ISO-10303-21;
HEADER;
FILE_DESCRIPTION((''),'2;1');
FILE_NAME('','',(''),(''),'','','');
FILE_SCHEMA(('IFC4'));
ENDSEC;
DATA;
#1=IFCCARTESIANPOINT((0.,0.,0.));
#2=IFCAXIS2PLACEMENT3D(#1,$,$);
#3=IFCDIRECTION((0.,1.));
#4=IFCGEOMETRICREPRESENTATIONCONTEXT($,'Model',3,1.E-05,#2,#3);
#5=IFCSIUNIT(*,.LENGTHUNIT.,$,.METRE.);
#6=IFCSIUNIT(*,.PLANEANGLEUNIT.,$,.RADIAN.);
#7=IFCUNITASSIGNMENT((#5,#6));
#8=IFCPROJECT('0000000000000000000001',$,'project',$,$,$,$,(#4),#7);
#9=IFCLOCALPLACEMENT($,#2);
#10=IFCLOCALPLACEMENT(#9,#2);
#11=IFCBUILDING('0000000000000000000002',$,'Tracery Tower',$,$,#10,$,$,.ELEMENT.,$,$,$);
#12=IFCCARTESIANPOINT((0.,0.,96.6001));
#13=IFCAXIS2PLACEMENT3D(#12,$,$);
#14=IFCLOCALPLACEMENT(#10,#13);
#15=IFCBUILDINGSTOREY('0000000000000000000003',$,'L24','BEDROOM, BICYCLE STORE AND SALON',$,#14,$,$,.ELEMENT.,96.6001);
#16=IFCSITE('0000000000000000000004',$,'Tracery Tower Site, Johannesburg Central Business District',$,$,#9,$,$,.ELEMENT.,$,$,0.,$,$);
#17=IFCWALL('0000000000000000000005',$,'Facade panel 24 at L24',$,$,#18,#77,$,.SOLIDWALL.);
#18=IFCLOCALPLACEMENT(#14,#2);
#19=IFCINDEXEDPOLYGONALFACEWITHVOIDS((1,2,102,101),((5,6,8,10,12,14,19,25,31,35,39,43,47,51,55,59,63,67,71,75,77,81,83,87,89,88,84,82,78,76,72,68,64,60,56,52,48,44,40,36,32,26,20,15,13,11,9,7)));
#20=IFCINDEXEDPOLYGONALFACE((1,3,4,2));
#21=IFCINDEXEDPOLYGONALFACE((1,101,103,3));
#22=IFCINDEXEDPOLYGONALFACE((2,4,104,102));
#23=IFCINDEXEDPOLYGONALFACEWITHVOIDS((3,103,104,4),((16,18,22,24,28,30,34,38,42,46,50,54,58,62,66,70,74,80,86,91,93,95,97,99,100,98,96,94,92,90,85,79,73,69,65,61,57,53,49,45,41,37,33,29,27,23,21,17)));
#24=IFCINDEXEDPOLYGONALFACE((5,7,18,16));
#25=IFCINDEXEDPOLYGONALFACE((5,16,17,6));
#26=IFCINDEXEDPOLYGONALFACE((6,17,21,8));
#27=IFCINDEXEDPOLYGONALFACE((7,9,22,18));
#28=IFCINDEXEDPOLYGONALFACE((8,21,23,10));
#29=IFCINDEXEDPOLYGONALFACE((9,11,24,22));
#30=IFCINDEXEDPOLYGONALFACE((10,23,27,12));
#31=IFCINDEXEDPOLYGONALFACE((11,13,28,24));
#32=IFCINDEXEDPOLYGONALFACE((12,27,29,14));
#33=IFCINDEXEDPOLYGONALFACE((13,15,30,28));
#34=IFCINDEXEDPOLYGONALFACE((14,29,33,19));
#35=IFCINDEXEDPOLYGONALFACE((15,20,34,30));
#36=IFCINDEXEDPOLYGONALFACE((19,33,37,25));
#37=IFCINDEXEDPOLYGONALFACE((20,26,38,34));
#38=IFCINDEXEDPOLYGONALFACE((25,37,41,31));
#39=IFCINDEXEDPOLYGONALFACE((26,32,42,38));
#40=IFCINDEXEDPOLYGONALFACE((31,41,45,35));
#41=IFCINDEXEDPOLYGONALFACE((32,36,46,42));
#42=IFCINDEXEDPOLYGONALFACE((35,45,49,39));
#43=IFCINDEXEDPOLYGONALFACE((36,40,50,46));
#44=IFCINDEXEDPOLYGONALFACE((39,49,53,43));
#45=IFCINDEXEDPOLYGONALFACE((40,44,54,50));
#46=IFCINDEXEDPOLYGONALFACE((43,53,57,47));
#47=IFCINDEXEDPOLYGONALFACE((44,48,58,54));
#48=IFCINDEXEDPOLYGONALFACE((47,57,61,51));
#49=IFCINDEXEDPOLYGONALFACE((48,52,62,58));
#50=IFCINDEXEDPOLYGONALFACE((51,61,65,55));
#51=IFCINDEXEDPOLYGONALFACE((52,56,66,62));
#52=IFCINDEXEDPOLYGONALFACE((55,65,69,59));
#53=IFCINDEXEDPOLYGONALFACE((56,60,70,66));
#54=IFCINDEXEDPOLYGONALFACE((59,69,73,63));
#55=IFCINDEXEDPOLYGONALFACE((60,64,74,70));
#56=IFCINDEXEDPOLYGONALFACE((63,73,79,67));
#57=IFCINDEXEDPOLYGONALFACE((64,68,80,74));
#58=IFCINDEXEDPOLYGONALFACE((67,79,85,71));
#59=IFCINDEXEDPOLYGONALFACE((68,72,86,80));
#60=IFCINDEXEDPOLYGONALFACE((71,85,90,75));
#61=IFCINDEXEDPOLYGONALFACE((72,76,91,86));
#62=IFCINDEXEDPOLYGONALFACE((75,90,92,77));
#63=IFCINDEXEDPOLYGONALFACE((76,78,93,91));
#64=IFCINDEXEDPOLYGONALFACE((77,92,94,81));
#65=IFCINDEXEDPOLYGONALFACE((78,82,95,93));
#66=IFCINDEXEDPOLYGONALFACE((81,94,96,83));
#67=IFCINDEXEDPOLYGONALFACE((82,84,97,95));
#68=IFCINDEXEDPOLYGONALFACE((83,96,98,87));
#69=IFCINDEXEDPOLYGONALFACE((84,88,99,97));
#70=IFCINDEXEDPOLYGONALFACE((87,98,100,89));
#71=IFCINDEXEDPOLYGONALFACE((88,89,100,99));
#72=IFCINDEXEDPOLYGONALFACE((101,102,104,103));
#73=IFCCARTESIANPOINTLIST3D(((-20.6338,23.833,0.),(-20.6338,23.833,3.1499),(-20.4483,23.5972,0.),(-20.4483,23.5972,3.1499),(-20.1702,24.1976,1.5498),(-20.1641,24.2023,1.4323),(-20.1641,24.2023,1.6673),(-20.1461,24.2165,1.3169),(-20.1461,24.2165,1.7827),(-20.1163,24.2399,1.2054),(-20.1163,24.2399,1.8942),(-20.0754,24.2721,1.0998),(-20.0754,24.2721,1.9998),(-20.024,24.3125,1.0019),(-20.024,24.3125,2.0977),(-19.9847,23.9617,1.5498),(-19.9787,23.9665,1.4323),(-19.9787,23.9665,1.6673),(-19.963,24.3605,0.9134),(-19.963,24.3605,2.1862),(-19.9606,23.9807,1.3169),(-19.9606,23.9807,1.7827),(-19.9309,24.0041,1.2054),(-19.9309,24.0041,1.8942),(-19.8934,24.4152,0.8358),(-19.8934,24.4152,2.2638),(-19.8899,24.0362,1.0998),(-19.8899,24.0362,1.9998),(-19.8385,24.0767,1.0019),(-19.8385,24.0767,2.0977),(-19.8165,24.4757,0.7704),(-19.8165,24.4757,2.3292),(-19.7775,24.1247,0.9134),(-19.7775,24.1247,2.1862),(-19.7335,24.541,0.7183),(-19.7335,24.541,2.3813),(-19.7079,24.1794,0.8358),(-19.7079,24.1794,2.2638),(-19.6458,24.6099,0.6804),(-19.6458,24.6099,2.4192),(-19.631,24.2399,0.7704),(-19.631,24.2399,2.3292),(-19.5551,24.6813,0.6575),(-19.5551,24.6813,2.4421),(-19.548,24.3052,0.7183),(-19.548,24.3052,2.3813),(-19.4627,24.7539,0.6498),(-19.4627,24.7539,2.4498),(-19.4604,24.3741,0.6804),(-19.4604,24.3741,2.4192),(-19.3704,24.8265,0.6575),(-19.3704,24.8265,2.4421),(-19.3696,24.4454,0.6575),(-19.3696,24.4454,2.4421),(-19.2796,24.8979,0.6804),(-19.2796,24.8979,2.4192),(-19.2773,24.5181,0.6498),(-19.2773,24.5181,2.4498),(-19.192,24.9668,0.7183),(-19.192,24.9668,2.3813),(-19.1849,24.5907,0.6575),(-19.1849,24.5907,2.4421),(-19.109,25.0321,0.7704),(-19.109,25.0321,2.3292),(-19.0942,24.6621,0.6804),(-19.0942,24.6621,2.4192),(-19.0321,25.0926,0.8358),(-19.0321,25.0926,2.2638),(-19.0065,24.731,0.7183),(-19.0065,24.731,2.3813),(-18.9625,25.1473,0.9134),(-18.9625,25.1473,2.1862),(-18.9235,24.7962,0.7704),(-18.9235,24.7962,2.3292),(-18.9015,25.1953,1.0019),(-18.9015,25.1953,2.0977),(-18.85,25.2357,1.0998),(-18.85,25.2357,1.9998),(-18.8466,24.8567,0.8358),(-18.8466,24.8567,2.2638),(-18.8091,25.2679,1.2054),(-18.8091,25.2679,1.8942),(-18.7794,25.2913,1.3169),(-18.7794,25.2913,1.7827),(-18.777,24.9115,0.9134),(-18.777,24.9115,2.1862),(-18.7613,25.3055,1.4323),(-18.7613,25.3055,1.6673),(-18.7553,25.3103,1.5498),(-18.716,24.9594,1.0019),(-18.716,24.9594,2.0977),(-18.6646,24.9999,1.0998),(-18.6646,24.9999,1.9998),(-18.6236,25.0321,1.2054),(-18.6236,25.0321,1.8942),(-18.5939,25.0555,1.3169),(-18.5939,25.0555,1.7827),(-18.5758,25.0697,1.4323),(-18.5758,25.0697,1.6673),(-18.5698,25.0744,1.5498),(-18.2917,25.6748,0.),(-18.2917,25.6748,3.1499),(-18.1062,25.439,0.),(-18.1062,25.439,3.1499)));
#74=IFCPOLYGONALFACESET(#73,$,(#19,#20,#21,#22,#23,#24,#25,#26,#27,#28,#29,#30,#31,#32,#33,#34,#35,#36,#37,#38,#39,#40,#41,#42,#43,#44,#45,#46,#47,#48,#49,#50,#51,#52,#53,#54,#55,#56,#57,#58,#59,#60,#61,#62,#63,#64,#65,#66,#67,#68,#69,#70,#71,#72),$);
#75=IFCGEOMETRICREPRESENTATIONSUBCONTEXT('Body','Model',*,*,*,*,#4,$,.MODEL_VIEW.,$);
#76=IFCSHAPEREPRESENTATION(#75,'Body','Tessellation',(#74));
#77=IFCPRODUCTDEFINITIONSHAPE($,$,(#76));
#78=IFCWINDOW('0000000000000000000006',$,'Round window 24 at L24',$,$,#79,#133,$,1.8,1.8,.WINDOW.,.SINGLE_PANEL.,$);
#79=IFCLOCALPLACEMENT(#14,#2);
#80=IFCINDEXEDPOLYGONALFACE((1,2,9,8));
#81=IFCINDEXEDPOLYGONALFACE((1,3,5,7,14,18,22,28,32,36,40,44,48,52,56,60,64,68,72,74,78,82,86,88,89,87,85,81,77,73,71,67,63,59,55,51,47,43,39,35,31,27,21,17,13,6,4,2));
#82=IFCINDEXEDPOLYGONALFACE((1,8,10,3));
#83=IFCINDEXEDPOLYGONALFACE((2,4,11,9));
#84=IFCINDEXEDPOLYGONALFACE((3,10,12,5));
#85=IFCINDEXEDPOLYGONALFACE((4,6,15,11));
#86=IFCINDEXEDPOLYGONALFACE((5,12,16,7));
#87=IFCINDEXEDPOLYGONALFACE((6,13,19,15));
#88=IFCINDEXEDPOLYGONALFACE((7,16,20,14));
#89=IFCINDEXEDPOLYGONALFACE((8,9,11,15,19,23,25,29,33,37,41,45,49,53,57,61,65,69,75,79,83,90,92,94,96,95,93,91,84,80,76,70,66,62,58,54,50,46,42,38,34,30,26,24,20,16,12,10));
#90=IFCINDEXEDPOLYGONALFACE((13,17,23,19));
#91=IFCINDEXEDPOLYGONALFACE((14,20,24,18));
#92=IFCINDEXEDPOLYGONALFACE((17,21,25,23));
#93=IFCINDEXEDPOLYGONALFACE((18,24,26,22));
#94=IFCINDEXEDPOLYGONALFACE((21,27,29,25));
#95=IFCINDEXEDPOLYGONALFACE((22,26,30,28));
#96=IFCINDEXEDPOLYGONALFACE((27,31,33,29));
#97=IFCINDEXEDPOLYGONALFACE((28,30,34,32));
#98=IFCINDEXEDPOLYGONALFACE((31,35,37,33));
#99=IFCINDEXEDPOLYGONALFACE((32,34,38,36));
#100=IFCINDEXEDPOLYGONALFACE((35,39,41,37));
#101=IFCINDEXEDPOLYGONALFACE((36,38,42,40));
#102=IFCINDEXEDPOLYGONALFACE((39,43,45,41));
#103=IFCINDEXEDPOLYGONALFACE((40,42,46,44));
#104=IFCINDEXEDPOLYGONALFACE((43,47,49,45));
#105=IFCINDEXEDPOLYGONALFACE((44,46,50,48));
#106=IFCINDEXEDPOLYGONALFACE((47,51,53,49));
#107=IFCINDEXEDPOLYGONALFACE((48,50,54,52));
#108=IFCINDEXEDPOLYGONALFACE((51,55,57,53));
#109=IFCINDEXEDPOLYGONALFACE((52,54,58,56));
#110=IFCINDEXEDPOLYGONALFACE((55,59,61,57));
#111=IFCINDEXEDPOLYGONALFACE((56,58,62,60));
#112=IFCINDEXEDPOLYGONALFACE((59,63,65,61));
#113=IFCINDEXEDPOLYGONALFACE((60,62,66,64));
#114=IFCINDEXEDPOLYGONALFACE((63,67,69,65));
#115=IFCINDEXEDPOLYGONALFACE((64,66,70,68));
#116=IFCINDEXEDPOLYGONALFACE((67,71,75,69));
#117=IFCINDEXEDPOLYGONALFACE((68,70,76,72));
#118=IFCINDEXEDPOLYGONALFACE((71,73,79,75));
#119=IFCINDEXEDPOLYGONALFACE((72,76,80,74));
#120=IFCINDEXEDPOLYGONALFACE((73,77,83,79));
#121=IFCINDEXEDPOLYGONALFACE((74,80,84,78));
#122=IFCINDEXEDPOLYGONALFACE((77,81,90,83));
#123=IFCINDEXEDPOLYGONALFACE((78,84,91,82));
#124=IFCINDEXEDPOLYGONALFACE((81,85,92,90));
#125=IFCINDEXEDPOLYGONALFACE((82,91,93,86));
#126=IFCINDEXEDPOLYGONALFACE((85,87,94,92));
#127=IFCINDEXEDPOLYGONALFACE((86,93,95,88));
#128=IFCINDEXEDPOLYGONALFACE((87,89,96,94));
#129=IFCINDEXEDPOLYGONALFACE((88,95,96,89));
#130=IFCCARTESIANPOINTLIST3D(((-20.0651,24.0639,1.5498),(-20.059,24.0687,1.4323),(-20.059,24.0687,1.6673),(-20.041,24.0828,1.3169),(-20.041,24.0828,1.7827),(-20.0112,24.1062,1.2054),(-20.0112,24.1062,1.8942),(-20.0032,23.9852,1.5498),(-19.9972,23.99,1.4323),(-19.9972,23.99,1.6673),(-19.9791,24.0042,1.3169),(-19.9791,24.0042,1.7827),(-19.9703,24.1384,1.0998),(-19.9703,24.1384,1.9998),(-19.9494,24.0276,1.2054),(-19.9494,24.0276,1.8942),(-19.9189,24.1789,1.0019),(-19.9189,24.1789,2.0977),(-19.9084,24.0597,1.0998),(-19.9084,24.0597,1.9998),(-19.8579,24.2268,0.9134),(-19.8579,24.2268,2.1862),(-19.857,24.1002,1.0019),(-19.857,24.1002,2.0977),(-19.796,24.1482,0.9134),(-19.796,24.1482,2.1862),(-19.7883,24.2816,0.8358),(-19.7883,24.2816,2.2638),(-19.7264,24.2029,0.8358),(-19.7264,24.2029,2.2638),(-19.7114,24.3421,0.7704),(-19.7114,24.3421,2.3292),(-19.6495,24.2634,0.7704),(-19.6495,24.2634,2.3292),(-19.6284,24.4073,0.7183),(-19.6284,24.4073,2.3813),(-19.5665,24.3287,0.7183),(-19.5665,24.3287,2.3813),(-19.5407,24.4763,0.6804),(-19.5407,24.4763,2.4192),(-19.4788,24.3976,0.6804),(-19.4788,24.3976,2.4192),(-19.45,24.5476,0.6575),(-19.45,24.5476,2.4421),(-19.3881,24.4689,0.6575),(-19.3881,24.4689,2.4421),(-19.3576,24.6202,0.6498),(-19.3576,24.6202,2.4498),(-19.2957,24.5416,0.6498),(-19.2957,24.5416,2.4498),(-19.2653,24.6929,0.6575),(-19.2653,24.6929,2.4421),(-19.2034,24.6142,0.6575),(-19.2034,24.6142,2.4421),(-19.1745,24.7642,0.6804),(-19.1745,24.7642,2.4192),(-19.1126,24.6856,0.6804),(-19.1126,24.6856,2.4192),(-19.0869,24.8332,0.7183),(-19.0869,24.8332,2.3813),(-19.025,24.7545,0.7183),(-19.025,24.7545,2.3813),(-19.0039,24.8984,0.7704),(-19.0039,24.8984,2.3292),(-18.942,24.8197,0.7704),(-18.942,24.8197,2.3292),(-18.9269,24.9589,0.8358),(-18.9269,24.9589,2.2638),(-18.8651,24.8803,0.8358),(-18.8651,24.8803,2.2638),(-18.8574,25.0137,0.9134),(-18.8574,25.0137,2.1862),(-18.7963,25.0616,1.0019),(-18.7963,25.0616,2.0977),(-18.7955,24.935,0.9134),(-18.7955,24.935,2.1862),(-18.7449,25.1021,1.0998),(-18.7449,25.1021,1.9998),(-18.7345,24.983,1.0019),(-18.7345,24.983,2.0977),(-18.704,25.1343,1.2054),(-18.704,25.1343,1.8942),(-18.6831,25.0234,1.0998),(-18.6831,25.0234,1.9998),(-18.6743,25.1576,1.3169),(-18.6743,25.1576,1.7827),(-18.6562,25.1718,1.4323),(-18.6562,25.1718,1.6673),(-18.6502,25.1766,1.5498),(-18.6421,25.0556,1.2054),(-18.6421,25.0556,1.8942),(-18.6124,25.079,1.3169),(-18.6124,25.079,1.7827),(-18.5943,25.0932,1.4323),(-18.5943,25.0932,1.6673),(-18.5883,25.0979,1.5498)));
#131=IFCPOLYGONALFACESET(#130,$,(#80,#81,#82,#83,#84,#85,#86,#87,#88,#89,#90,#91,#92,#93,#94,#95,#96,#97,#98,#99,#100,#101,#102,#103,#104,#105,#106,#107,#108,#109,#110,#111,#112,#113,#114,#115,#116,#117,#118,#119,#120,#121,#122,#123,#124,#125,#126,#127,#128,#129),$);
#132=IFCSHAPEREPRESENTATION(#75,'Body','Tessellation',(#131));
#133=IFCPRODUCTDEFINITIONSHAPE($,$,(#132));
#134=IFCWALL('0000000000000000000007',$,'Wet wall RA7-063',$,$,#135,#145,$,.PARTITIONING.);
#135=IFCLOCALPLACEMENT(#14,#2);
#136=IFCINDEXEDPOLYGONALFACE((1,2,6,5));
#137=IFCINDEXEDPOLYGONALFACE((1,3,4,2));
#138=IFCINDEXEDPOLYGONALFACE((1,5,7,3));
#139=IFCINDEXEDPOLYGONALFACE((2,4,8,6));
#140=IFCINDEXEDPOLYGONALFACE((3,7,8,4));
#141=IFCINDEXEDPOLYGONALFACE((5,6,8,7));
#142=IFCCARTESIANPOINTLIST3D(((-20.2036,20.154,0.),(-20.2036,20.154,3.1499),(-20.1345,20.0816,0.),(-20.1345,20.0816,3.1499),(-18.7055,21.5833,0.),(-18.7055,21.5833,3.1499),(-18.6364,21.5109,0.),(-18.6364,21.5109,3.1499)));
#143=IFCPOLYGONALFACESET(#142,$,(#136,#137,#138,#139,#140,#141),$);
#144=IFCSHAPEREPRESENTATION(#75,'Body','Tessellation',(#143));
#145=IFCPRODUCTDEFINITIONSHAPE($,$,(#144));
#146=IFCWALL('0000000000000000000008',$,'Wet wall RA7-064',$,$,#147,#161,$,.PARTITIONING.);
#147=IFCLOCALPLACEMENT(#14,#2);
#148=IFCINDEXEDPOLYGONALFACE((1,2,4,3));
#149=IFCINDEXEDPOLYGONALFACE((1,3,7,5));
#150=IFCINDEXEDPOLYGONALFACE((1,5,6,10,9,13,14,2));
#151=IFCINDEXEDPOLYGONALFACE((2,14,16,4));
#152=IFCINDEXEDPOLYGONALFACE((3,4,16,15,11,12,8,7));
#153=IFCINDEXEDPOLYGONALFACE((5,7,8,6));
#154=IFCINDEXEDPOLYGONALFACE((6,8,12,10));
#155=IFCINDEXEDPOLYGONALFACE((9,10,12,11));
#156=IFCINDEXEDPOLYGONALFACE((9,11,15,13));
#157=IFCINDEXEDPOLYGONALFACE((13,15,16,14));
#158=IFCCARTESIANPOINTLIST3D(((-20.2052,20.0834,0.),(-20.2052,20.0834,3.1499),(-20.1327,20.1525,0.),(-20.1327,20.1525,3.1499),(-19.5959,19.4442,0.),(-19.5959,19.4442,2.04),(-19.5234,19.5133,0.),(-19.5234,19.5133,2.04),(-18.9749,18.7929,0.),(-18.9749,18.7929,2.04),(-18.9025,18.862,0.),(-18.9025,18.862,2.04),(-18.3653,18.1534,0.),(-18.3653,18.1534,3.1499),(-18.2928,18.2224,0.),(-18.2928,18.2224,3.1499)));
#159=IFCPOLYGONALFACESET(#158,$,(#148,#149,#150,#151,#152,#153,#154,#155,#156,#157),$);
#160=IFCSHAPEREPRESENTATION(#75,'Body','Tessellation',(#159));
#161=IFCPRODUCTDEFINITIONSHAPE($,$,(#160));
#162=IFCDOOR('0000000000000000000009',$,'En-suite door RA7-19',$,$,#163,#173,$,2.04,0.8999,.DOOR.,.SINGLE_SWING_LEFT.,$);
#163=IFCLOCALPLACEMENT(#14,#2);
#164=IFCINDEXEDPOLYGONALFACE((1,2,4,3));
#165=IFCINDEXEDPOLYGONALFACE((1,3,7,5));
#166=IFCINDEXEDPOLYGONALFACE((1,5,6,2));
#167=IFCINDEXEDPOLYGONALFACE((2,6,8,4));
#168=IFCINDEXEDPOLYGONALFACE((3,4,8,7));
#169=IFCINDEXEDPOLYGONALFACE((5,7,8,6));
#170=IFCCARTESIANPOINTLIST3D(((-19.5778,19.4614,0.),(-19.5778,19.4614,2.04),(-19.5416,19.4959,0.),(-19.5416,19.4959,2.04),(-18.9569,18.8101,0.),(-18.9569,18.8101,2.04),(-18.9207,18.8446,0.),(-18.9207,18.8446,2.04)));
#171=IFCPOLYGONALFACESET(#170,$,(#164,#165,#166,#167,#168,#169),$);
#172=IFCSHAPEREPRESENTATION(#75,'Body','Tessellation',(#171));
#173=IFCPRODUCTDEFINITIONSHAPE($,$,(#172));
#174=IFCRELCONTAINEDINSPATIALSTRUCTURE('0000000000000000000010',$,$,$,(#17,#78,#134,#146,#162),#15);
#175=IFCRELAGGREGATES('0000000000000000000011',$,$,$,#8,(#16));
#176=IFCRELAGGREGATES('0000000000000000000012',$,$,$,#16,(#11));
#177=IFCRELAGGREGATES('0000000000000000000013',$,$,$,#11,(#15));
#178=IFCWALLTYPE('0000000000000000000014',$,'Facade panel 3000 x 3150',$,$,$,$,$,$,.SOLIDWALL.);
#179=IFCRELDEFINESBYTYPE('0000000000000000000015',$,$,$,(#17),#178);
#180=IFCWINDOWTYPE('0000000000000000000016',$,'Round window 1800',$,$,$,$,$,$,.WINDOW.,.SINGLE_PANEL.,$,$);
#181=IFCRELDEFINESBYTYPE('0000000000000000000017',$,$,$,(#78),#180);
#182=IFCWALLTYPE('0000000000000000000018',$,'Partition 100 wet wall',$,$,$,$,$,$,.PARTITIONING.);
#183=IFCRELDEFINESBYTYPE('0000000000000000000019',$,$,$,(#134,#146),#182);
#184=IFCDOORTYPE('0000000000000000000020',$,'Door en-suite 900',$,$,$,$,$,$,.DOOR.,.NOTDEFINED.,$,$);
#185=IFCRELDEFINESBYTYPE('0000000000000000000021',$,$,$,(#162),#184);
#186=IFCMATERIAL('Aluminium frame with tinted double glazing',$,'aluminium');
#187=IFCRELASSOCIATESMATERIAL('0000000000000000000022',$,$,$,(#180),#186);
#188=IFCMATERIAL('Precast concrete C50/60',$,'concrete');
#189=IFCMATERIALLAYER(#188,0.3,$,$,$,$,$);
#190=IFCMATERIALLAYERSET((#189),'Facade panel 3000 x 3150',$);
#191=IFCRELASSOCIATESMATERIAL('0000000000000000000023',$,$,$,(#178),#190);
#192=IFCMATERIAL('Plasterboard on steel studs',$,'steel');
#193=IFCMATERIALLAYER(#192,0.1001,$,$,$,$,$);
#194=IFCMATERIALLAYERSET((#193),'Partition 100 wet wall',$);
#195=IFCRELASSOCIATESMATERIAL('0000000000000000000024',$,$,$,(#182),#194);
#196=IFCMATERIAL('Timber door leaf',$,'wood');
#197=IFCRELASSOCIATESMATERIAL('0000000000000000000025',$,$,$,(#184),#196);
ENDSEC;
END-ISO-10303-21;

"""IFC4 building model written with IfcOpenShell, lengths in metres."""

from ifc_helpers import new_model, si_unit, direction, frame, frame_2d, origin, origin_2d, place, context, subcontext, project, spatial, rectangle, circle, extrude, material, layer, layer_set, type_object, element, fill, save


model = new_model("IFC4")

# Units and contexts
model_context = context("Model", 3, precision=1e-05, world=origin(), true_north=direction((0.0, 1.0)))
body_context = subcontext(model_context, "Body", "Model", "MODEL_VIEW")
ifc_project = project(units=[si_unit("LENGTHUNIT", "METRE"), si_unit("PLANEANGLEUNIT", "RADIAN")], contexts=[model_context])

# Site, building, storey
site_placement = place(None, origin())
site = spatial("IfcSite", under=ifc_project, at=site_placement, Name="Tracery Tower Site, Johannesburg Central Business District", CompositionType="ELEMENT", RefElevation=0.0)
building_placement = place(site_placement, origin())
building = spatial("IfcBuilding", under=site, at=building_placement, Name="Tracery Tower", CompositionType="ELEMENT")
storey_placement = place(building_placement, frame((0.0, 0.0, 96.6001)))
storey = spatial("IfcBuildingStorey", under=building, at=storey_placement, Name="L24", Description="BEDROOM, BICYCLE STORE AND SALON", CompositionType="ELEMENT", Elevation=96.6001)

# Wall, opening, window
ifc_material_1 = material(Name="Aluminium frame with tinted double glazing", Category="aluminium")
window_type = type_object("IfcWindowType", Name="Round window 1800", PartitioningType="SINGLE_PANEL", PredefinedType="WINDOW", material=ifc_material_1)
ifc_material_2 = material(Name="Precast concrete C50/60", Category="concrete")
ifc_layer_1 = layer(ifc_material_2, 0.3)
ifc_layer_set_1 = layer_set([ifc_layer_1], Name="Facade panel 3000 x 3150")
wall_type_1 = type_object("IfcWallType", Name="Facade panel 3000 x 3150", PredefinedType="SOLIDWALL", material=ifc_layer_set_1)
wall_1_placement = place(storey_placement, frame((-18.199, 25.5569, 0.0), z_axis=(0.0, 0.0, 1.0), x_axis=(-0.786054, -0.618158, 0.0)))
wall_1 = element("IfcWall", 1, at=wall_1_placement, inside=storey, type_object=wall_type_1, Name="Facade panel 24 at L24", PredefinedType="SOLIDWALL", context=body_context, shape_type="SweptSolid", body=[
    extrude(rectangle(XDim=2.9795, YDim=0.3, at=frame_2d((1.4897, 0.0))), origin(), (0.0, 0.0, 1.0), 3.1499),
])
opening_1_placement = place(wall_1_placement, frame((1.4897, 0.0, 1.5498)))
opening_1 = element("IfcOpeningElement", 2, at=opening_1_placement, cuts=wall_1, PredefinedType="OPENING", context=body_context, shape_type="SweptSolid", body=[
    extrude(circle(Radius=0.9, at=origin_2d()), frame((0.0, 0.1599, 0.0), z_axis=(0.0, -1.0, 0.0), x_axis=(1.0, 0.0, 0.0)), (0.0, 0.0, 1.0), 0.3201),
])
window_1_placement = place(opening_1_placement, origin())
window_1 = element("IfcWindow", 3, at=window_1_placement, inside=storey, type_object=window_type, Name="Round window 24 at L24", OverallHeight=1.8, OverallWidth=1.8, PartitioningType="SINGLE_PANEL", PredefinedType="WINDOW", context=body_context, shape_type="SweptSolid", body=[
    extrude(circle(Radius=0.9, at=origin_2d()), frame((0.0, 0.1201, 0.0), z_axis=(0.0, -1.0, 0.0), x_axis=(1.0, 0.0, 0.0)), (0.0, 0.0, 1.0), 0.1001),
])
fill(opening_1, window_1)

# Wall
ifc_material_3 = material(Name="Plasterboard on steel studs", Category="steel")
ifc_layer_2 = layer(ifc_material_3, 0.1001)
ifc_layer_set_2 = layer_set([ifc_layer_2], Name="Partition 100 wet wall")
wall_type_2 = type_object("IfcWallType", Name="Partition 100 wet wall", PredefinedType="PARTITIONING", material=ifc_layer_set_2)
wall_2_placement = place(storey_placement, frame((-20.1689, 20.1179, 0.0), z_axis=(0.0, 0.0, 1.0), x_axis=(0.723538, 0.690285, 0.0)))
element("IfcWall", 4, at=wall_2_placement, inside=storey, type_object=wall_type_2, Name="Wet wall RA7-063", PredefinedType="PARTITIONING", context=body_context, shape_type="SweptSolid", body=[
    extrude(rectangle(XDim=2.0706, YDim=0.1001, at=frame_2d((1.0352, 0.0))), origin(), (0.0, 0.0, 1.0), 3.1499),
])

# Wall, opening, door
wall_3_placement = place(storey_placement, frame((-20.1689, 20.1179, 0.0), z_axis=(0.0, 0.0, 1.0), x_axis=(0.690012, -0.723798, 0.0)))
wall_3 = element("IfcWall", 5, at=wall_3_placement, inside=storey, type_object=wall_type_2, Name="Wet wall RA7-064", PredefinedType="PARTITIONING", context=body_context, shape_type="SweptSolid", body=[
    extrude(rectangle(XDim=2.6665, YDim=0.1001, at=frame_2d((1.3333, 0.0))), origin(), (0.0, 0.0, 1.0), 3.1499),
])
opening_2_placement = place(wall_3_placement, frame((0.8831, 0.0, 0.0)))
opening_2 = element("IfcOpeningElement", 6, at=opening_2_placement, cuts=wall_3, PredefinedType="OPENING", context=body_context, shape_type="SweptSolid", body=[
    extrude(rectangle(XDim=0.8999, YDim=2.04, at=frame_2d((0.45, 1.02))), frame((0.0, 0.05, 0.0), z_axis=(0.0, -1.0, 0.0), x_axis=(1.0, 0.0, 0.0)), (0.0, 0.0, 1.0), 0.1001),
])
ifc_material_4 = material(Name="Timber door leaf", Category="wood")
door_type_1 = type_object("IfcDoorType", Name="Door en-suite 900", OperationType="NOTDEFINED", PredefinedType="DOOR", material=ifc_material_4)
door_1_placement = place(opening_2_placement, origin())
door_1 = element("IfcDoor", 7, at=door_1_placement, inside=storey, type_object=door_type_1, Name="En-suite door RA7-19", OperationType="SINGLE_SWING_LEFT", OverallHeight=2.04, OverallWidth=0.8999, PredefinedType="DOOR", context=body_context, shape_type="SweptSolid", body=[
    extrude(rectangle(XDim=0.8999, YDim=2.04, at=frame_2d((0.45, 1.02))), frame((0.0, 0.0249, 0.0), z_axis=(0.0, -1.0, 0.0), x_axis=(1.0, 0.0, 0.0)), (0.0, 0.0, 1.0), 0.05),
])
fill(opening_2, door_1)

save(model, "model.ifc")
